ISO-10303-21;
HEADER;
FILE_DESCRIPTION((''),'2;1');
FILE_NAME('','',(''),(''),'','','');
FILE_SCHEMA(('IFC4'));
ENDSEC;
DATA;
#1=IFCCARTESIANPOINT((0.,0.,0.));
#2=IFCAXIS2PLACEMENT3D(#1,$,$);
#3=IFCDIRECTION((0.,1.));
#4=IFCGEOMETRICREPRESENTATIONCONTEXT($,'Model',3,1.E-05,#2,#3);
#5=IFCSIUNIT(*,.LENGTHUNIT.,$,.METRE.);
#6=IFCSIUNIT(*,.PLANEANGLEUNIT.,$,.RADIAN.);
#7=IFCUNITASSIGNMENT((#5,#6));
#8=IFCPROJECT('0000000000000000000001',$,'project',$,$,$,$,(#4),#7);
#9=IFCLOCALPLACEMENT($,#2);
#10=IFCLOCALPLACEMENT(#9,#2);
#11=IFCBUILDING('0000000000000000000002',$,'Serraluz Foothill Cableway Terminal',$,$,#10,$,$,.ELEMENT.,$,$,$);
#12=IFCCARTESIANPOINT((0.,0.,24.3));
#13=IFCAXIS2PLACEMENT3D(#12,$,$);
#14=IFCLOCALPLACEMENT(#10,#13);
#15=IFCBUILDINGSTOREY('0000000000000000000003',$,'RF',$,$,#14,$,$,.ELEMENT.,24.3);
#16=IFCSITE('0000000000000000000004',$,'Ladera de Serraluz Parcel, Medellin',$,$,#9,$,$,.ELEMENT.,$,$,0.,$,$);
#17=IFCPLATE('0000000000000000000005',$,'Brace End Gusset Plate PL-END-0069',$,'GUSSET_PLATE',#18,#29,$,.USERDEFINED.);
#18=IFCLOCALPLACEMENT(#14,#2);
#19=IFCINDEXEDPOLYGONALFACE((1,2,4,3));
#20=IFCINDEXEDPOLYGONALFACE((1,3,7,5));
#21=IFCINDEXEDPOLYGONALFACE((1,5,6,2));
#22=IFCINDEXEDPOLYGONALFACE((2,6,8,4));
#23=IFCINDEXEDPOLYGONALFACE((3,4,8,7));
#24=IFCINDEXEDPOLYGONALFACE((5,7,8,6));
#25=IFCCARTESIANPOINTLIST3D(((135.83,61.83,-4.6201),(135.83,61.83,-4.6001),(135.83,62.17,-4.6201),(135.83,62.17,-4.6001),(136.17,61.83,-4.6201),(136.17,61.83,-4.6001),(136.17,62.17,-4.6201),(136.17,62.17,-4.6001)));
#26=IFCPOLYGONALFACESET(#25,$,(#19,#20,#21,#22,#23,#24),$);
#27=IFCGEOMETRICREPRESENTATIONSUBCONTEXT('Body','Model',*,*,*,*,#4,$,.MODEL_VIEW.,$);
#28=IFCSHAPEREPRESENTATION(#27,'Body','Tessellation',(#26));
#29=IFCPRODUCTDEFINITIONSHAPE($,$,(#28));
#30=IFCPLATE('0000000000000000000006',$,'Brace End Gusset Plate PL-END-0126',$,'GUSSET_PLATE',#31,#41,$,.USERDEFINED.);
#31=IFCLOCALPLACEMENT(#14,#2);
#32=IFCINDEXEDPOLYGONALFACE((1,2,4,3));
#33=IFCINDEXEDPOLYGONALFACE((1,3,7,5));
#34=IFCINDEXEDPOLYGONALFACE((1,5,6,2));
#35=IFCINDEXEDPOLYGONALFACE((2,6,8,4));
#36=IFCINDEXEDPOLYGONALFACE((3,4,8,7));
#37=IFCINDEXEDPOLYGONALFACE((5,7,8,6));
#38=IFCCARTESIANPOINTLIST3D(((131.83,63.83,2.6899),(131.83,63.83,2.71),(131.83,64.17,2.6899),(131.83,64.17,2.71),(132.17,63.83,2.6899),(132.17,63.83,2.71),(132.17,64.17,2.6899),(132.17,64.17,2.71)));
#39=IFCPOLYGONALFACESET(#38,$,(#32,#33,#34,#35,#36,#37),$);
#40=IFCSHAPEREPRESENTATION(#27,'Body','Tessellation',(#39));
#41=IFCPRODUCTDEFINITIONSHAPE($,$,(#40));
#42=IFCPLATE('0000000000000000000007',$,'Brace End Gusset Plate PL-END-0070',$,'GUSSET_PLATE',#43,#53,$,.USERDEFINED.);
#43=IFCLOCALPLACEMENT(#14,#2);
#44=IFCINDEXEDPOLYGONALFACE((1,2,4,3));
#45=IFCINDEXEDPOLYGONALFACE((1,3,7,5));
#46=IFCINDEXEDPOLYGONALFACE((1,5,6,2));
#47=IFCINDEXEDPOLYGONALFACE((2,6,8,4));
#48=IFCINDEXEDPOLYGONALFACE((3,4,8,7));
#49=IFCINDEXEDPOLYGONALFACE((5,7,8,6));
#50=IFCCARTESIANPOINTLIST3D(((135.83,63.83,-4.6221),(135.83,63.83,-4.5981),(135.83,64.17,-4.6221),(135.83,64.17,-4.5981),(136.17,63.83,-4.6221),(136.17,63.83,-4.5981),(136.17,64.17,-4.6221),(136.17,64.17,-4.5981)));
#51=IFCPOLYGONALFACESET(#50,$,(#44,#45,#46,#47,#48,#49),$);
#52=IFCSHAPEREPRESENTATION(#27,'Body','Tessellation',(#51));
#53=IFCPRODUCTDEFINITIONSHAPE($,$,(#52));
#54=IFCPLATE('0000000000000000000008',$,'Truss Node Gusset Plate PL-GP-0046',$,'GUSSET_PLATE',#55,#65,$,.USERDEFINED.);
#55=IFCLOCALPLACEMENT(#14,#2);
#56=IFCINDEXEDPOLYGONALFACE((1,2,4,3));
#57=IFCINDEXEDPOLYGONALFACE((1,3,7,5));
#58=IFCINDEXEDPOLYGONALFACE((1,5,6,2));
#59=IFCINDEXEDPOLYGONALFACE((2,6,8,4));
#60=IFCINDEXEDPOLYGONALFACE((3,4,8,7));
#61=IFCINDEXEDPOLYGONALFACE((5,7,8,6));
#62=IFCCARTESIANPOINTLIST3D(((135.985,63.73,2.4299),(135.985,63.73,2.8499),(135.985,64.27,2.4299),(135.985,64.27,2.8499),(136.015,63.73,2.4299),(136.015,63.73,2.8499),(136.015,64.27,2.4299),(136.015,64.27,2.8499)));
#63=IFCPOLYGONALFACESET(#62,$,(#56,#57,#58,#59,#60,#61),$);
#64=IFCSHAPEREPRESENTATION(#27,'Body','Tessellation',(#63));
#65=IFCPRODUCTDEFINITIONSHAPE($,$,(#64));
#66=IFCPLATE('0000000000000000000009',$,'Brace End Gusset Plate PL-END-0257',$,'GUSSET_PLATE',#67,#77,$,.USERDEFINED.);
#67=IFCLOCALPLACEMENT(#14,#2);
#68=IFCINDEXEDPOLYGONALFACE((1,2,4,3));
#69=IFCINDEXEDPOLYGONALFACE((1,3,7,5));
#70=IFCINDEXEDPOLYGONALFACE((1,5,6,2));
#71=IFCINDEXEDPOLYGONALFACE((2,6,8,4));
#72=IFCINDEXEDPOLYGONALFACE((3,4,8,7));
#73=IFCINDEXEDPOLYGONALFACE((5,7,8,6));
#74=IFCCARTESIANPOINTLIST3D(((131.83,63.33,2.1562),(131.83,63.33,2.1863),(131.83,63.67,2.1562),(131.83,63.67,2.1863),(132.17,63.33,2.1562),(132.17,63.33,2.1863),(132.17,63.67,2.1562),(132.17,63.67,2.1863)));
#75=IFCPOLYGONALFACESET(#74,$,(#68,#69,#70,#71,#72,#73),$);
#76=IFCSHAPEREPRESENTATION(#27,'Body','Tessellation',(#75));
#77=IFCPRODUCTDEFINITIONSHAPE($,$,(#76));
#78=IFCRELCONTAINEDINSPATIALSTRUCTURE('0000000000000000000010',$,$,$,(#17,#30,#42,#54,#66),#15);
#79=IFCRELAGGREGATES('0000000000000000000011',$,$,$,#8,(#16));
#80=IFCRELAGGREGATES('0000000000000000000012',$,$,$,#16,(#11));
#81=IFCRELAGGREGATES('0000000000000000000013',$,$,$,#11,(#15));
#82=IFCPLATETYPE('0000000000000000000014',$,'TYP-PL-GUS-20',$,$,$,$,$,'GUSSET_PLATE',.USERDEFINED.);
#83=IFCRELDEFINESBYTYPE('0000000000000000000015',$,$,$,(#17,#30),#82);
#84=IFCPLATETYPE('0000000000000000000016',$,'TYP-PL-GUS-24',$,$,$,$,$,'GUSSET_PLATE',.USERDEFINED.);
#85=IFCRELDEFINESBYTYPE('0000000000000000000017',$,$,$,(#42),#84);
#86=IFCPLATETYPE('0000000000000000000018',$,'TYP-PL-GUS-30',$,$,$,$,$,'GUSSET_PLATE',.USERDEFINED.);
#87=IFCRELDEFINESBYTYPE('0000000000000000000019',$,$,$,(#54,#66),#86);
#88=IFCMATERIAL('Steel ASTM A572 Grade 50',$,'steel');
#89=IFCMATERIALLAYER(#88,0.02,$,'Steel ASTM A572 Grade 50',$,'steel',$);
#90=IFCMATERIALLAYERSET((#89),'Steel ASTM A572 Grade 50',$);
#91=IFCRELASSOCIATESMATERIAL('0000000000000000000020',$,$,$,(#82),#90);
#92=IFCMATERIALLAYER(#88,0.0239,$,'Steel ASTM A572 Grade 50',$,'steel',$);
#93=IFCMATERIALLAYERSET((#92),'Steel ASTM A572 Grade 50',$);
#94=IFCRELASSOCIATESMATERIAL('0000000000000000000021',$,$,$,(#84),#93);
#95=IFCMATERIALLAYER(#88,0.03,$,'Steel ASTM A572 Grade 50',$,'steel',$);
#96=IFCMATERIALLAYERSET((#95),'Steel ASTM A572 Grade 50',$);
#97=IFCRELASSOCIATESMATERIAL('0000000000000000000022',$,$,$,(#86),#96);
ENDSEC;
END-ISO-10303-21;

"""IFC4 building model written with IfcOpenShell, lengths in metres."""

from ifc_helpers import new_model, si_unit, direction, frame, origin, origin_2d, place, context, subcontext, project, spatial, rectangle, extrude, material, layer, layer_set, type_object, element, save


model = new_model("IFC4")

# Units and contexts
model_context = context("Model", 3, precision=1e-05, world=origin(), true_north=direction((0.0, 1.0)))
body_context = subcontext(model_context, "Body", "Model", "MODEL_VIEW")
ifc_project = project(units=[si_unit("LENGTHUNIT", "METRE"), si_unit("PLANEANGLEUNIT", "RADIAN")], contexts=[model_context])

# Site, building, storey
site_placement = place(None, origin())
site = spatial("IfcSite", under=ifc_project, at=site_placement, Name="Ladera de Serraluz Parcel, Medellin", CompositionType="ELEMENT", RefElevation=0.0)
building_placement = place(site_placement, origin())
building = spatial("IfcBuilding", under=site, at=building_placement, Name="Serraluz Foothill Cableway Terminal", CompositionType="ELEMENT")
storey_placement = place(building_placement, frame((0.0, 0.0, 24.3)))
storey = spatial("IfcBuildingStorey", under=building, at=storey_placement, Name="RF", CompositionType="ELEMENT", Elevation=24.3)

# Shared definitions
ifc_material_1 = material(Name="Steel ASTM A572 Grade 50", Category="steel")

# Plates
ifc_layer_1 = layer(ifc_material_1, 0.02, Name="Steel ASTM A572 Grade 50", Category="steel")
ifc_layer_set_1 = layer_set([ifc_layer_1], Name="Steel ASTM A572 Grade 50")
plate_type_1 = type_object("IfcPlateType", Name="TYP-PL-GUS-20", ElementType="GUSSET_PLATE", PredefinedType="USERDEFINED", material=ifc_layer_set_1)
for number, where, z_axis, x_axis, name in (
    (1, (136.0, 62.0, -4.6201), (0.0, 0.0, 1.0), (1.0, 0.0, 0.0), "Brace End Gusset Plate PL-END-0069"),
    (2, (132.0, 64.0, 2.6899), (0.0, 0.0, 1.0), (1.0, 0.0, 0.0), "Brace End Gusset Plate PL-END-0126"),
):
    element("IfcPlate", number, at=place(storey_placement, frame(where, z_axis=z_axis, x_axis=x_axis)), inside=storey, type_object=plate_type_1, Name=name, ObjectType="GUSSET_PLATE", PredefinedType="USERDEFINED", context=body_context, shape_type="SweptSolid", body=[
        extrude(rectangle(XDim=0.3401, YDim=0.3401, at=origin_2d()), origin(), (0.0, 0.0, 1.0), 0.02),
    ])
ifc_layer_2 = layer(ifc_material_1, 0.0239, Name="Steel ASTM A572 Grade 50", Category="steel")
ifc_layer_set_2 = layer_set([ifc_layer_2], Name="Steel ASTM A572 Grade 50")
plate_type_2 = type_object("IfcPlateType", Name="TYP-PL-GUS-24", ElementType="GUSSET_PLATE", PredefinedType="USERDEFINED", material=ifc_layer_set_2)
plate_1_placement = place(storey_placement, frame((136.0, 64.0, -4.6221), z_axis=(0.0, 0.0, 1.0), x_axis=(1.0, 0.0, 0.0)))
element("IfcPlate", 3, at=plate_1_placement, inside=storey, type_object=plate_type_2, Name="Brace End Gusset Plate PL-END-0070", ObjectType="GUSSET_PLATE", PredefinedType="USERDEFINED", context=body_context, shape_type="SweptSolid", body=[
    extrude(rectangle(XDim=0.3401, YDim=0.3401, at=origin_2d()), origin(), (0.0, 0.0, 1.0), 0.0239),
])
ifc_layer_3 = layer(ifc_material_1, 0.03, Name="Steel ASTM A572 Grade 50", Category="steel")
ifc_layer_set_3 = layer_set([ifc_layer_3], Name="Steel ASTM A572 Grade 50")
plate_type_3 = type_object("IfcPlateType", Name="TYP-PL-GUS-30", ElementType="GUSSET_PLATE", PredefinedType="USERDEFINED", material=ifc_layer_set_3)
plate_2_placement = place(storey_placement, frame((136.0, 64.0, 2.4299), z_axis=(0.0, 0.0, 1.0), x_axis=(1.0, 0.0, 0.0)))
element("IfcPlate", 4, at=plate_2_placement, inside=storey, type_object=plate_type_3, Name="Truss Node Gusset Plate PL-GP-0046", ObjectType="GUSSET_PLATE", PredefinedType="USERDEFINED", context=body_context, shape_type="SweptSolid", body=[
    extrude(rectangle(XDim=0.03, YDim=0.54, at=origin_2d()), origin(), (0.0, 0.0, 1.0), 0.4199),
])
plate_3_placement = place(storey_placement, frame((132.0, 63.5, 2.1562), z_axis=(0.0, 0.0, 1.0), x_axis=(1.0, 0.0, 0.0)))
element("IfcPlate", 5, at=plate_3_placement, inside=storey, type_object=plate_type_3, Name="Brace End Gusset Plate PL-END-0257", ObjectType="GUSSET_PLATE", PredefinedType="USERDEFINED", context=body_context, shape_type="SweptSolid", body=[
    extrude(rectangle(XDim=0.3401, YDim=0.3401, at=origin_2d()), origin(), (0.0, 0.0, 1.0), 0.03),
])

save(model, "model.ifc")
